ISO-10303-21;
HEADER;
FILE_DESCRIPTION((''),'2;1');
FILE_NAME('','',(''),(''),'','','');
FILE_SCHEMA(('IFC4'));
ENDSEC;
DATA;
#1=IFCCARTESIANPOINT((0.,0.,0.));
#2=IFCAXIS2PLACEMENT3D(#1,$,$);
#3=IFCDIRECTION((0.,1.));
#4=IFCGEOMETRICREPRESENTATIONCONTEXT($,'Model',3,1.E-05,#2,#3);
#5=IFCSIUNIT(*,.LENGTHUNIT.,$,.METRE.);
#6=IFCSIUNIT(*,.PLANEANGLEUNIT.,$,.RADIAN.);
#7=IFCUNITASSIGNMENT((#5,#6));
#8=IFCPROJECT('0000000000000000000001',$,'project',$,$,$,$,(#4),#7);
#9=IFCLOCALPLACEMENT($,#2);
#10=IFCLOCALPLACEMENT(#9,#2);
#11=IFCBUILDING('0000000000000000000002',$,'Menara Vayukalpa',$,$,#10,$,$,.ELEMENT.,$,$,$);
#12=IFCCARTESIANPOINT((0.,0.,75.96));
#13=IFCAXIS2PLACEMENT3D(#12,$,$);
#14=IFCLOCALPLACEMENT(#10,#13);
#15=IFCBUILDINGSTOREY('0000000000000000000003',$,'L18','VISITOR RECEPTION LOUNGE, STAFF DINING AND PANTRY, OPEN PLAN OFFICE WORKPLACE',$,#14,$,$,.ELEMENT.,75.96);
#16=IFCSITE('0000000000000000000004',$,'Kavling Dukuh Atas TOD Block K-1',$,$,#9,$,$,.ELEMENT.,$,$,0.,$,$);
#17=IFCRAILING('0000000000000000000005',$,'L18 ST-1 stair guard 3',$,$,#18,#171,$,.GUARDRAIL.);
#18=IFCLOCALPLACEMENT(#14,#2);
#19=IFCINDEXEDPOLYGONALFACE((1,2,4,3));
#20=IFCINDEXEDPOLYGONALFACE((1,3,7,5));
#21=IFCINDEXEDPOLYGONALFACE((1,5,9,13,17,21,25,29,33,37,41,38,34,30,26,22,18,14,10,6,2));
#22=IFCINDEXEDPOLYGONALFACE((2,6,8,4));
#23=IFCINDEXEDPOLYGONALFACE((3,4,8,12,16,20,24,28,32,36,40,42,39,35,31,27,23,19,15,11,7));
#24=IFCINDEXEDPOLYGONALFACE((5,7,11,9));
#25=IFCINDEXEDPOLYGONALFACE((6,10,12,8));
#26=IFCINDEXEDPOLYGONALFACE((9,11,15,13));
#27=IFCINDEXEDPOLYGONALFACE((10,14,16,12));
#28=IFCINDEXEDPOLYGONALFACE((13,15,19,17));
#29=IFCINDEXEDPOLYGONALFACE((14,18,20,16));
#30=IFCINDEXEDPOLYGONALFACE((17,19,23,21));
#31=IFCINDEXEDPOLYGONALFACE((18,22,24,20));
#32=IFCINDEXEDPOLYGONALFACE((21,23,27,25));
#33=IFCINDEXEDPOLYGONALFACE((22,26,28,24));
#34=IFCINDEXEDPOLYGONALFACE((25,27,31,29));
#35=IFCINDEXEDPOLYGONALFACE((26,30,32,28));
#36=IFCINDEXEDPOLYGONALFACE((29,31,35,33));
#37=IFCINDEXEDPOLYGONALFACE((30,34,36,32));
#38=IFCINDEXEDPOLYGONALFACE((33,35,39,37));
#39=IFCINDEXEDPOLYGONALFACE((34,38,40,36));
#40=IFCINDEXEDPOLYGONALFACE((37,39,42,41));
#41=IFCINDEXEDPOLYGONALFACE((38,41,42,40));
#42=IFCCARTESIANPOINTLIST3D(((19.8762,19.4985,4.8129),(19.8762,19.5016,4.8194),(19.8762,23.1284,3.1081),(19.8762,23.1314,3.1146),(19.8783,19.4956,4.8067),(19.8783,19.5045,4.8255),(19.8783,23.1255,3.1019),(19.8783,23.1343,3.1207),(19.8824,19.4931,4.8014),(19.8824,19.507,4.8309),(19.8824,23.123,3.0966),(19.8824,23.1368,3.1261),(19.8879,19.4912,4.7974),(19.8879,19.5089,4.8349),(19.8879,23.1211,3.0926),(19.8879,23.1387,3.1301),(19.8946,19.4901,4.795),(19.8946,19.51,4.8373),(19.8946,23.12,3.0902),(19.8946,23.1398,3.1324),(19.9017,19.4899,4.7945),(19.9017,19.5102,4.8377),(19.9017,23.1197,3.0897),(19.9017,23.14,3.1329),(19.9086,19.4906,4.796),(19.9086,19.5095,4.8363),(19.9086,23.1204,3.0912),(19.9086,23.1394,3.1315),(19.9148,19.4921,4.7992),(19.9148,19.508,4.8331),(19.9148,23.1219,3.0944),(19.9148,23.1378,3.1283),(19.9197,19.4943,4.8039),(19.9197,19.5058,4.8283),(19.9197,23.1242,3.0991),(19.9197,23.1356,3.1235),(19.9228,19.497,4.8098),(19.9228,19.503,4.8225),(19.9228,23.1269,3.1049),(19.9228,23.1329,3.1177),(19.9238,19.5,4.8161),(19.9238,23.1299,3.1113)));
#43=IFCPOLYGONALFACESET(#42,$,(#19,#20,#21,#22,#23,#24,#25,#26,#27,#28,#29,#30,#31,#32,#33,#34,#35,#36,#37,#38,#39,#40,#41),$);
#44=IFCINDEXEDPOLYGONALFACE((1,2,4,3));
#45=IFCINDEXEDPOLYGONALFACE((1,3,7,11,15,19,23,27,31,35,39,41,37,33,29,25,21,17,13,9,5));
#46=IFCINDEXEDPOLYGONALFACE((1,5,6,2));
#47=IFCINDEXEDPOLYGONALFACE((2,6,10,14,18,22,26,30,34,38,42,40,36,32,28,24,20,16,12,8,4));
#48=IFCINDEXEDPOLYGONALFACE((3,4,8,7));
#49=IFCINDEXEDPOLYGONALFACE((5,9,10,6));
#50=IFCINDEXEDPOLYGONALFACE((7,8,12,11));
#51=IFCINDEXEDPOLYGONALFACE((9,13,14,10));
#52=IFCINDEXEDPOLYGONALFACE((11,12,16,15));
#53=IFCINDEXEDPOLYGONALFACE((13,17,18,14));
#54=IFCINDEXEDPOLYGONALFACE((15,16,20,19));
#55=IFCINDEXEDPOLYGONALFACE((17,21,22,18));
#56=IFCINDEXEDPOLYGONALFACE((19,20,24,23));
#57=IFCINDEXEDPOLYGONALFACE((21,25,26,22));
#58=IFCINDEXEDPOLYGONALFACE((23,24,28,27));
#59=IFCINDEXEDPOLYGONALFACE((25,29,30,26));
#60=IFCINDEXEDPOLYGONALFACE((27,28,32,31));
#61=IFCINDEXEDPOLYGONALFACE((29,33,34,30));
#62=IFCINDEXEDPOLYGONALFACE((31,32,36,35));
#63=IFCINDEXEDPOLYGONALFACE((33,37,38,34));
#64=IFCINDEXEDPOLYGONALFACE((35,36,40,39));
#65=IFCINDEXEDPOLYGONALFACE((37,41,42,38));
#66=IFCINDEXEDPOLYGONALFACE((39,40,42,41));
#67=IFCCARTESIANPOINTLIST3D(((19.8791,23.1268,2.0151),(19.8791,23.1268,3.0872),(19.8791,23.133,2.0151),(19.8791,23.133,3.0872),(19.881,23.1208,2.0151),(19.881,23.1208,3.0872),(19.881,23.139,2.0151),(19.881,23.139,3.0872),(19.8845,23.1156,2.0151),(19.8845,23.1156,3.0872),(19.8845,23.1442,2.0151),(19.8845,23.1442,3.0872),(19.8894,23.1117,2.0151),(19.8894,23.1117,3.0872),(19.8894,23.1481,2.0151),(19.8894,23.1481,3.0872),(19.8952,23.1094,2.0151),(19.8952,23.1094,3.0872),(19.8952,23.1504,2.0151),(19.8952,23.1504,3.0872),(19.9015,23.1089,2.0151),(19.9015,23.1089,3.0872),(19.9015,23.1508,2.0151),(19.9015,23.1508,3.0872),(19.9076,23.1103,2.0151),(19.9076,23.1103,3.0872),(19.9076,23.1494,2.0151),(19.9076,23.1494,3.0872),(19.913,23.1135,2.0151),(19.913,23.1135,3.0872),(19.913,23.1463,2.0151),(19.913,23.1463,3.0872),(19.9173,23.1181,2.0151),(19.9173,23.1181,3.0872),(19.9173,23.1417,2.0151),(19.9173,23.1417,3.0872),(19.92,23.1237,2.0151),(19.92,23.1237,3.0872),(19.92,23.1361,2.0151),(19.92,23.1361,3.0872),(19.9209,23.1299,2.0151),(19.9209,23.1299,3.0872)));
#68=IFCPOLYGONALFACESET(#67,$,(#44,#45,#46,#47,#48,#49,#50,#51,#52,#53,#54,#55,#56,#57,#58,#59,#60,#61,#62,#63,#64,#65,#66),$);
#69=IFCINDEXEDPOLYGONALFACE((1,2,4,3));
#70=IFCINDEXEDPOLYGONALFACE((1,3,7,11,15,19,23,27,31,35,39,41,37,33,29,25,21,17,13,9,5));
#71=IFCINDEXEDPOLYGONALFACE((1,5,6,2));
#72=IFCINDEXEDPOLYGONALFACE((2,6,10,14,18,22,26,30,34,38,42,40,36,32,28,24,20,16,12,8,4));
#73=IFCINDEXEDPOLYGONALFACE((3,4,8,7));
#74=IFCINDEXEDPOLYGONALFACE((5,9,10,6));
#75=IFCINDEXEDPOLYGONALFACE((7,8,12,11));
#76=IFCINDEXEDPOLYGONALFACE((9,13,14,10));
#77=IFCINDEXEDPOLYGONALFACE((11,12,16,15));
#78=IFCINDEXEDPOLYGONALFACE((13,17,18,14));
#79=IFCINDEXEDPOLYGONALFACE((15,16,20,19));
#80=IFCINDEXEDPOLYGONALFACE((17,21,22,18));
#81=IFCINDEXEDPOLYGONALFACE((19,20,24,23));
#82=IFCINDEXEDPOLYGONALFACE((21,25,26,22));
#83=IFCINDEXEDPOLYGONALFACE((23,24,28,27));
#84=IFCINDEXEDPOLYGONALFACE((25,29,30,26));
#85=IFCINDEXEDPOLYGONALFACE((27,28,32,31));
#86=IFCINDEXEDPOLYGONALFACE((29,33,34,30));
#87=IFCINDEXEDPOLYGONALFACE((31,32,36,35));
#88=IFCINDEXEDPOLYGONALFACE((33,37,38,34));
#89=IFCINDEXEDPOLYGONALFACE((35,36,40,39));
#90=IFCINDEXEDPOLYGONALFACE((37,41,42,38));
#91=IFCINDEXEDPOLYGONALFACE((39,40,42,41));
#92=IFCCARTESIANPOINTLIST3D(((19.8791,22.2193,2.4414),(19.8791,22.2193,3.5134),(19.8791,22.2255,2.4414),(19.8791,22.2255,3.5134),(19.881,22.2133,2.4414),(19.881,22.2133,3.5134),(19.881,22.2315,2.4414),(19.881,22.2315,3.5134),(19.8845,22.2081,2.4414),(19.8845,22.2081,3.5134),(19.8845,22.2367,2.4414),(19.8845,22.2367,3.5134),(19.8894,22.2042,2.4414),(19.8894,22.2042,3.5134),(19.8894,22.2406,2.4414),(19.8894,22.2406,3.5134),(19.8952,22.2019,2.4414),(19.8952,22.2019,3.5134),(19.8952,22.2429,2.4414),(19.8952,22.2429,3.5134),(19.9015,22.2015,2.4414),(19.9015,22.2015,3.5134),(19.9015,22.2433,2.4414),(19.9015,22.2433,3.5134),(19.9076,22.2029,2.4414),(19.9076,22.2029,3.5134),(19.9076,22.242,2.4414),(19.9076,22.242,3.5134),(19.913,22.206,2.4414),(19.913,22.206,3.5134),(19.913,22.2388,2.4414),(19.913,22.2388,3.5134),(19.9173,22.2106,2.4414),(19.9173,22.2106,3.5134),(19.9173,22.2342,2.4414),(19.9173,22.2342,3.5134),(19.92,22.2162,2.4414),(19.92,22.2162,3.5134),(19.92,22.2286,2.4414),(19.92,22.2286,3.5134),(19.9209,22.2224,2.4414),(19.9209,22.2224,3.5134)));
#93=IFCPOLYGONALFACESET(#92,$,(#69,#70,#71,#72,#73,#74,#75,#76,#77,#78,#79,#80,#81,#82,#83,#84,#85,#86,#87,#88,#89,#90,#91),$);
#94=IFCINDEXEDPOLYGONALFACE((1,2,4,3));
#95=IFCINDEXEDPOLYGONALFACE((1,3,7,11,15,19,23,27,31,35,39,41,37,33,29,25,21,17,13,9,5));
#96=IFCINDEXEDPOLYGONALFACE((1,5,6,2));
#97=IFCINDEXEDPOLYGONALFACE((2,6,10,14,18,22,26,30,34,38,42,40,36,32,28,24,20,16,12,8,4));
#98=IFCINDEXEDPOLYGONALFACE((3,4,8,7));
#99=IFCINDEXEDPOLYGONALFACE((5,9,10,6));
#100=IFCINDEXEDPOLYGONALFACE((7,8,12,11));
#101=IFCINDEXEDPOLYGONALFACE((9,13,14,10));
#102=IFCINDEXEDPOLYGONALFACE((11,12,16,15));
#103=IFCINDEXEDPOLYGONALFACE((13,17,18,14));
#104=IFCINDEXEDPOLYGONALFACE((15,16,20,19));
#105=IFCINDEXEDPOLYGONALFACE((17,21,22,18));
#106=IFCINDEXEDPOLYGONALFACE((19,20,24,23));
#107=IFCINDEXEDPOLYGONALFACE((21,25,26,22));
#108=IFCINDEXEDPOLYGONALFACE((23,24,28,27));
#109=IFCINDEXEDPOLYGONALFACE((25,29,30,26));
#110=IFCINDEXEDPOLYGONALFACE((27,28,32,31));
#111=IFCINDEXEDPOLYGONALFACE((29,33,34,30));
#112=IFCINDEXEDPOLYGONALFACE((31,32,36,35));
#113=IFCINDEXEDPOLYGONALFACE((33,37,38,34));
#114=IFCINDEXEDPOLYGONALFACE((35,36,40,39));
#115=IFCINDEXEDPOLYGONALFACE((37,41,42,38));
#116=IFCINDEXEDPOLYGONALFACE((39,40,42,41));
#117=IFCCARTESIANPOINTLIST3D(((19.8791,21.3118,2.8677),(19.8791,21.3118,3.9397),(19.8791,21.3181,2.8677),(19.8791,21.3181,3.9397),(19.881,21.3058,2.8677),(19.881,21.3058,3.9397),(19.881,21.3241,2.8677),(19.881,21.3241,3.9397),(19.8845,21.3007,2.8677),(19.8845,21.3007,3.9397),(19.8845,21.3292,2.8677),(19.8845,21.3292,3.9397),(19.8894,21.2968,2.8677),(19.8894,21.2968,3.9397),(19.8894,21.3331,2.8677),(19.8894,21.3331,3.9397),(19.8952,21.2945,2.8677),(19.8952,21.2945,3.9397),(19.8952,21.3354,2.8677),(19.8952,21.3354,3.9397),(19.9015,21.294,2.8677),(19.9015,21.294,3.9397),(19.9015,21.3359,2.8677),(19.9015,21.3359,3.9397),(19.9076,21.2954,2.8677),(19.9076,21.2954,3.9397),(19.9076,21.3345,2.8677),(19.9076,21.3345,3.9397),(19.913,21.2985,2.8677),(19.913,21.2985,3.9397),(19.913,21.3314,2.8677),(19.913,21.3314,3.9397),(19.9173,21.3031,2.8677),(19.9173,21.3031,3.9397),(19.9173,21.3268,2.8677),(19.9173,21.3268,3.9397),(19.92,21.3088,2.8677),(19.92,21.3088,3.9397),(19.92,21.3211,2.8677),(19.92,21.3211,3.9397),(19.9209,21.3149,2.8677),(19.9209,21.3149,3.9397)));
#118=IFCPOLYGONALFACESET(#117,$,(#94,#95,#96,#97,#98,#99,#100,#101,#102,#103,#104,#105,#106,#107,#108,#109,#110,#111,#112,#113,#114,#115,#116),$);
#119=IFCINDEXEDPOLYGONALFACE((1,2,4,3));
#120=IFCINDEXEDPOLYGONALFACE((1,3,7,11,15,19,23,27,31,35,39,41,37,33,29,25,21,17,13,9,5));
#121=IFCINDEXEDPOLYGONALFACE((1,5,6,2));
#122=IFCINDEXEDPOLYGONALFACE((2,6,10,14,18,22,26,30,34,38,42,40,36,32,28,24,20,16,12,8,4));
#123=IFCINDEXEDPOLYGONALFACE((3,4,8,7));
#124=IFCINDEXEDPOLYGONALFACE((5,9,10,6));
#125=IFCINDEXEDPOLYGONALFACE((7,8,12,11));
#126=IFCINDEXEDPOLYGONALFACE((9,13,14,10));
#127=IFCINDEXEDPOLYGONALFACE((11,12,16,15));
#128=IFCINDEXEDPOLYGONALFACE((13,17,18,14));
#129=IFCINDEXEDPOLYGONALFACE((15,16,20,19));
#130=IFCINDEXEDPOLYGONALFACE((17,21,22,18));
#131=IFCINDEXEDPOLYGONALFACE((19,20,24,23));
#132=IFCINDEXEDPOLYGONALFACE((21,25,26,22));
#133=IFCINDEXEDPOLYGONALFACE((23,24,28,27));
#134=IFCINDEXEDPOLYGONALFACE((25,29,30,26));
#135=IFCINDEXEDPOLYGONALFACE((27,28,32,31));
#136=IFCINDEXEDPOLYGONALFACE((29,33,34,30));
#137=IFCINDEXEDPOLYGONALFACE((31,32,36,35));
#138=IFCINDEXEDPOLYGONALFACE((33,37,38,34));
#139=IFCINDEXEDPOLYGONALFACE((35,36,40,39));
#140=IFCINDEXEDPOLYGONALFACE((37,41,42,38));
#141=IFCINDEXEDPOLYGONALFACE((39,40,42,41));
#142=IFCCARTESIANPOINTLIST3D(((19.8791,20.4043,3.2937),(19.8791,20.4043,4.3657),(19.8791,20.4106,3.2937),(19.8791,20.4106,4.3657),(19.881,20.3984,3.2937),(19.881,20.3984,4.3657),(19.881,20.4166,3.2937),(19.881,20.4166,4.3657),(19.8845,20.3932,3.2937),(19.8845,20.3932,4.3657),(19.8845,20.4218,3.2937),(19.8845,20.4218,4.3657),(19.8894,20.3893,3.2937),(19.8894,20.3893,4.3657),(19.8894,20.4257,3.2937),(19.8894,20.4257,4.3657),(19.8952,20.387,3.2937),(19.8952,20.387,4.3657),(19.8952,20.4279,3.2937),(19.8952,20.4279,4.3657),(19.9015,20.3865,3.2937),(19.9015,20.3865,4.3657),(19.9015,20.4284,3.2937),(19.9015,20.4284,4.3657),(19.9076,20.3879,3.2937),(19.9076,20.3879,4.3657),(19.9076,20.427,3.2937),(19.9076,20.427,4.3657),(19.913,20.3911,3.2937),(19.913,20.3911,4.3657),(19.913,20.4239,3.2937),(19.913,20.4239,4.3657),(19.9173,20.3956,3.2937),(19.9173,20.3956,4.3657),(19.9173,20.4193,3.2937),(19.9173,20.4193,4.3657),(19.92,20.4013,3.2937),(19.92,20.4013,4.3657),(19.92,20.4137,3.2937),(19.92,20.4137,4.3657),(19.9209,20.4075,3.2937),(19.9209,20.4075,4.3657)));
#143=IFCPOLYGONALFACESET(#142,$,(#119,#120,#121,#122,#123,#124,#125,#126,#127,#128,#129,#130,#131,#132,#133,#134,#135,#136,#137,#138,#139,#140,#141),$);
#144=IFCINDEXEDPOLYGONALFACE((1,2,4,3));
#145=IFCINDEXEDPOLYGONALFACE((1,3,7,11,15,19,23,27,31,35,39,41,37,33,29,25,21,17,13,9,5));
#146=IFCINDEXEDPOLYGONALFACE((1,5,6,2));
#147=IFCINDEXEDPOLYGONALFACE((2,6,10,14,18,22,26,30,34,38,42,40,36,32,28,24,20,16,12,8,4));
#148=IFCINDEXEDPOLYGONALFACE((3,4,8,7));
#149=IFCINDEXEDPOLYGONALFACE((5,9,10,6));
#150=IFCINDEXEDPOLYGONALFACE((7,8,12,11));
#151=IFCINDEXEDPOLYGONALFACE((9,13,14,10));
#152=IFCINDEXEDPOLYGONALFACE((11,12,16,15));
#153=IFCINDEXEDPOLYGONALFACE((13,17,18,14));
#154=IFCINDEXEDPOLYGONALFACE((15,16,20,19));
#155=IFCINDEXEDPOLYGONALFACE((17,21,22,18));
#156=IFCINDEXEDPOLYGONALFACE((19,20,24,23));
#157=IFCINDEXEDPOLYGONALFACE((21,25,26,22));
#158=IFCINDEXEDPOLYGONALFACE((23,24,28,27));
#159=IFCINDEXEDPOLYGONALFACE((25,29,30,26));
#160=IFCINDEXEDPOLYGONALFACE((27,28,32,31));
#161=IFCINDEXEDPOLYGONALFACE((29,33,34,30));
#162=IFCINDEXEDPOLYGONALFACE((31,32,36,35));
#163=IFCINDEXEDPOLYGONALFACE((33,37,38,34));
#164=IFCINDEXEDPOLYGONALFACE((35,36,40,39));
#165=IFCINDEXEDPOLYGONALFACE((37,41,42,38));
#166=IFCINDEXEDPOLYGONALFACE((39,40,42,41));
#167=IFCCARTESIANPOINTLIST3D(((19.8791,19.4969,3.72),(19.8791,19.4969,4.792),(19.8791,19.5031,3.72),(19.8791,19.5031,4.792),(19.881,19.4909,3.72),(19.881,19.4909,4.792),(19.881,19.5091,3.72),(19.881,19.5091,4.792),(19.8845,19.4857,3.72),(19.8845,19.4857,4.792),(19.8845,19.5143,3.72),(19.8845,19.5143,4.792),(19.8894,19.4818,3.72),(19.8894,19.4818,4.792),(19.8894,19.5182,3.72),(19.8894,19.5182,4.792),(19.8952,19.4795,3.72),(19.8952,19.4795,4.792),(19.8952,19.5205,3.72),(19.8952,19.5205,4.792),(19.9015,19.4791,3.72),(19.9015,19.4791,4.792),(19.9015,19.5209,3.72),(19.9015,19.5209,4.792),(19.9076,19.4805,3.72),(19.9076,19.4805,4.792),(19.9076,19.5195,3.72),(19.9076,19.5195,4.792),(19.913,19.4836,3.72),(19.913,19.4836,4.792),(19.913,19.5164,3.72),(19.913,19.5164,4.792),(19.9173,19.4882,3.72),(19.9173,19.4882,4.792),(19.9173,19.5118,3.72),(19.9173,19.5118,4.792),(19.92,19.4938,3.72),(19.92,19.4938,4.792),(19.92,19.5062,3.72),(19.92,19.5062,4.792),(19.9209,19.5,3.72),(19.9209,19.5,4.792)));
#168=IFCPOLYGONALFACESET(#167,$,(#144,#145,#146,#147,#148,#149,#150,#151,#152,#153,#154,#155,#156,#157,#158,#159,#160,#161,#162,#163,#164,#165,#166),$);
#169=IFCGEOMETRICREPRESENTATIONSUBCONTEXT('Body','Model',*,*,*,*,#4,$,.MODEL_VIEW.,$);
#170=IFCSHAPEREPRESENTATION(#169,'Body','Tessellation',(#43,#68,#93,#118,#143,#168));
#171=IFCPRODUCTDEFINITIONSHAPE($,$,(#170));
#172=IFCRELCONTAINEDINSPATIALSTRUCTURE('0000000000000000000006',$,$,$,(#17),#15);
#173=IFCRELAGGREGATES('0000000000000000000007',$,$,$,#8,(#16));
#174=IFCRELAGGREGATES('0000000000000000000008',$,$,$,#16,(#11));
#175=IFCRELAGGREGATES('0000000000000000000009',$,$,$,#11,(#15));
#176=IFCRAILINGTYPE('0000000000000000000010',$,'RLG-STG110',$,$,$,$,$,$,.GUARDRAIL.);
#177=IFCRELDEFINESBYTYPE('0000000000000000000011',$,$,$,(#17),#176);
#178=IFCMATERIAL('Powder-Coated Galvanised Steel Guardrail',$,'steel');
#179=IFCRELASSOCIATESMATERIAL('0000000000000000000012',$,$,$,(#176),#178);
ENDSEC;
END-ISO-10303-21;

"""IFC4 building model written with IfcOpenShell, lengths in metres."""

from ifc_helpers import new_model, si_unit, direction, frame, origin, origin_2d, place, context, subcontext, project, spatial, circle, extrude, material, type_object, element, save


model = new_model("IFC4")

# Units and contexts
model_context = context("Model", 3, precision=1e-05, world=origin(), true_north=direction((0.0, 1.0)))
body_context = subcontext(model_context, "Body", "Model", "MODEL_VIEW")
ifc_project = project(units=[si_unit("LENGTHUNIT", "METRE"), si_unit("PLANEANGLEUNIT", "RADIAN")], contexts=[model_context])

# Site, building, storey
site_placement = place(None, origin())
site = spatial("IfcSite", under=ifc_project, at=site_placement, Name="Kavling Dukuh Atas TOD Block K-1", CompositionType="ELEMENT", RefElevation=0.0)
building_placement = place(site_placement, origin())
building = spatial("IfcBuilding", under=site, at=building_placement, Name="Menara Vayukalpa", CompositionType="ELEMENT")
storey_placement = place(building_placement, frame((0.0, 0.0, 75.96)))
storey = spatial("IfcBuildingStorey", under=building, at=storey_placement, Name="L18", Description="VISITOR RECEPTION LOUNGE, STAFF DINING AND PANTRY, OPEN PLAN OFFICE WORKPLACE", CompositionType="ELEMENT", Elevation=75.96)

# Railing
ifc_material_1 = material(Name="Powder-Coated Galvanised Steel Guardrail", Category="steel")
railing_type_1 = type_object("IfcRailingType", Name="RLG-STG110", PredefinedType="GUARDRAIL", material=ifc_material_1)
railing_1_placement = place(storey_placement, frame((19.8999, 23.1299, 2.0151)))
element("IfcRailing", 1, at=railing_1_placement, inside=storey, type_object=railing_type_1, Name="L18 ST-1 stair guard 3", PredefinedType="GUARDRAIL", context=body_context, shape_type="SweptSolid", body=[
    extrude(circle(Radius=0.0239, at=origin_2d()), frame((0.0, 0.0, 1.0962), z_axis=(0.0, -0.90514, 0.425114), x_axis=(1.0, 0.0, 0.0)), (0.0, 0.0, 1.0), 4.0103),
    extrude(circle(Radius=0.021, at=origin_2d()), origin(), (0.0, 0.0, 1.0), 1.072),
    extrude(circle(Radius=0.021, at=origin_2d()), frame((0.0, -0.9075, 0.4263)), (0.0, 0.0, 1.0), 1.072),
    extrude(circle(Radius=0.021, at=origin_2d()), frame((0.0, -1.8149, 0.8525)), (0.0, 0.0, 1.0), 1.072),
    extrude(circle(Radius=0.021, at=origin_2d()), frame((0.0, -2.7224, 1.2786)), (0.0, 0.0, 1.0), 1.072),
    extrude(circle(Radius=0.021, at=origin_2d()), frame((0.0, -3.6299, 1.7048)), (0.0, 0.0, 1.0), 1.072),
])

save(model, "model.ifc")
